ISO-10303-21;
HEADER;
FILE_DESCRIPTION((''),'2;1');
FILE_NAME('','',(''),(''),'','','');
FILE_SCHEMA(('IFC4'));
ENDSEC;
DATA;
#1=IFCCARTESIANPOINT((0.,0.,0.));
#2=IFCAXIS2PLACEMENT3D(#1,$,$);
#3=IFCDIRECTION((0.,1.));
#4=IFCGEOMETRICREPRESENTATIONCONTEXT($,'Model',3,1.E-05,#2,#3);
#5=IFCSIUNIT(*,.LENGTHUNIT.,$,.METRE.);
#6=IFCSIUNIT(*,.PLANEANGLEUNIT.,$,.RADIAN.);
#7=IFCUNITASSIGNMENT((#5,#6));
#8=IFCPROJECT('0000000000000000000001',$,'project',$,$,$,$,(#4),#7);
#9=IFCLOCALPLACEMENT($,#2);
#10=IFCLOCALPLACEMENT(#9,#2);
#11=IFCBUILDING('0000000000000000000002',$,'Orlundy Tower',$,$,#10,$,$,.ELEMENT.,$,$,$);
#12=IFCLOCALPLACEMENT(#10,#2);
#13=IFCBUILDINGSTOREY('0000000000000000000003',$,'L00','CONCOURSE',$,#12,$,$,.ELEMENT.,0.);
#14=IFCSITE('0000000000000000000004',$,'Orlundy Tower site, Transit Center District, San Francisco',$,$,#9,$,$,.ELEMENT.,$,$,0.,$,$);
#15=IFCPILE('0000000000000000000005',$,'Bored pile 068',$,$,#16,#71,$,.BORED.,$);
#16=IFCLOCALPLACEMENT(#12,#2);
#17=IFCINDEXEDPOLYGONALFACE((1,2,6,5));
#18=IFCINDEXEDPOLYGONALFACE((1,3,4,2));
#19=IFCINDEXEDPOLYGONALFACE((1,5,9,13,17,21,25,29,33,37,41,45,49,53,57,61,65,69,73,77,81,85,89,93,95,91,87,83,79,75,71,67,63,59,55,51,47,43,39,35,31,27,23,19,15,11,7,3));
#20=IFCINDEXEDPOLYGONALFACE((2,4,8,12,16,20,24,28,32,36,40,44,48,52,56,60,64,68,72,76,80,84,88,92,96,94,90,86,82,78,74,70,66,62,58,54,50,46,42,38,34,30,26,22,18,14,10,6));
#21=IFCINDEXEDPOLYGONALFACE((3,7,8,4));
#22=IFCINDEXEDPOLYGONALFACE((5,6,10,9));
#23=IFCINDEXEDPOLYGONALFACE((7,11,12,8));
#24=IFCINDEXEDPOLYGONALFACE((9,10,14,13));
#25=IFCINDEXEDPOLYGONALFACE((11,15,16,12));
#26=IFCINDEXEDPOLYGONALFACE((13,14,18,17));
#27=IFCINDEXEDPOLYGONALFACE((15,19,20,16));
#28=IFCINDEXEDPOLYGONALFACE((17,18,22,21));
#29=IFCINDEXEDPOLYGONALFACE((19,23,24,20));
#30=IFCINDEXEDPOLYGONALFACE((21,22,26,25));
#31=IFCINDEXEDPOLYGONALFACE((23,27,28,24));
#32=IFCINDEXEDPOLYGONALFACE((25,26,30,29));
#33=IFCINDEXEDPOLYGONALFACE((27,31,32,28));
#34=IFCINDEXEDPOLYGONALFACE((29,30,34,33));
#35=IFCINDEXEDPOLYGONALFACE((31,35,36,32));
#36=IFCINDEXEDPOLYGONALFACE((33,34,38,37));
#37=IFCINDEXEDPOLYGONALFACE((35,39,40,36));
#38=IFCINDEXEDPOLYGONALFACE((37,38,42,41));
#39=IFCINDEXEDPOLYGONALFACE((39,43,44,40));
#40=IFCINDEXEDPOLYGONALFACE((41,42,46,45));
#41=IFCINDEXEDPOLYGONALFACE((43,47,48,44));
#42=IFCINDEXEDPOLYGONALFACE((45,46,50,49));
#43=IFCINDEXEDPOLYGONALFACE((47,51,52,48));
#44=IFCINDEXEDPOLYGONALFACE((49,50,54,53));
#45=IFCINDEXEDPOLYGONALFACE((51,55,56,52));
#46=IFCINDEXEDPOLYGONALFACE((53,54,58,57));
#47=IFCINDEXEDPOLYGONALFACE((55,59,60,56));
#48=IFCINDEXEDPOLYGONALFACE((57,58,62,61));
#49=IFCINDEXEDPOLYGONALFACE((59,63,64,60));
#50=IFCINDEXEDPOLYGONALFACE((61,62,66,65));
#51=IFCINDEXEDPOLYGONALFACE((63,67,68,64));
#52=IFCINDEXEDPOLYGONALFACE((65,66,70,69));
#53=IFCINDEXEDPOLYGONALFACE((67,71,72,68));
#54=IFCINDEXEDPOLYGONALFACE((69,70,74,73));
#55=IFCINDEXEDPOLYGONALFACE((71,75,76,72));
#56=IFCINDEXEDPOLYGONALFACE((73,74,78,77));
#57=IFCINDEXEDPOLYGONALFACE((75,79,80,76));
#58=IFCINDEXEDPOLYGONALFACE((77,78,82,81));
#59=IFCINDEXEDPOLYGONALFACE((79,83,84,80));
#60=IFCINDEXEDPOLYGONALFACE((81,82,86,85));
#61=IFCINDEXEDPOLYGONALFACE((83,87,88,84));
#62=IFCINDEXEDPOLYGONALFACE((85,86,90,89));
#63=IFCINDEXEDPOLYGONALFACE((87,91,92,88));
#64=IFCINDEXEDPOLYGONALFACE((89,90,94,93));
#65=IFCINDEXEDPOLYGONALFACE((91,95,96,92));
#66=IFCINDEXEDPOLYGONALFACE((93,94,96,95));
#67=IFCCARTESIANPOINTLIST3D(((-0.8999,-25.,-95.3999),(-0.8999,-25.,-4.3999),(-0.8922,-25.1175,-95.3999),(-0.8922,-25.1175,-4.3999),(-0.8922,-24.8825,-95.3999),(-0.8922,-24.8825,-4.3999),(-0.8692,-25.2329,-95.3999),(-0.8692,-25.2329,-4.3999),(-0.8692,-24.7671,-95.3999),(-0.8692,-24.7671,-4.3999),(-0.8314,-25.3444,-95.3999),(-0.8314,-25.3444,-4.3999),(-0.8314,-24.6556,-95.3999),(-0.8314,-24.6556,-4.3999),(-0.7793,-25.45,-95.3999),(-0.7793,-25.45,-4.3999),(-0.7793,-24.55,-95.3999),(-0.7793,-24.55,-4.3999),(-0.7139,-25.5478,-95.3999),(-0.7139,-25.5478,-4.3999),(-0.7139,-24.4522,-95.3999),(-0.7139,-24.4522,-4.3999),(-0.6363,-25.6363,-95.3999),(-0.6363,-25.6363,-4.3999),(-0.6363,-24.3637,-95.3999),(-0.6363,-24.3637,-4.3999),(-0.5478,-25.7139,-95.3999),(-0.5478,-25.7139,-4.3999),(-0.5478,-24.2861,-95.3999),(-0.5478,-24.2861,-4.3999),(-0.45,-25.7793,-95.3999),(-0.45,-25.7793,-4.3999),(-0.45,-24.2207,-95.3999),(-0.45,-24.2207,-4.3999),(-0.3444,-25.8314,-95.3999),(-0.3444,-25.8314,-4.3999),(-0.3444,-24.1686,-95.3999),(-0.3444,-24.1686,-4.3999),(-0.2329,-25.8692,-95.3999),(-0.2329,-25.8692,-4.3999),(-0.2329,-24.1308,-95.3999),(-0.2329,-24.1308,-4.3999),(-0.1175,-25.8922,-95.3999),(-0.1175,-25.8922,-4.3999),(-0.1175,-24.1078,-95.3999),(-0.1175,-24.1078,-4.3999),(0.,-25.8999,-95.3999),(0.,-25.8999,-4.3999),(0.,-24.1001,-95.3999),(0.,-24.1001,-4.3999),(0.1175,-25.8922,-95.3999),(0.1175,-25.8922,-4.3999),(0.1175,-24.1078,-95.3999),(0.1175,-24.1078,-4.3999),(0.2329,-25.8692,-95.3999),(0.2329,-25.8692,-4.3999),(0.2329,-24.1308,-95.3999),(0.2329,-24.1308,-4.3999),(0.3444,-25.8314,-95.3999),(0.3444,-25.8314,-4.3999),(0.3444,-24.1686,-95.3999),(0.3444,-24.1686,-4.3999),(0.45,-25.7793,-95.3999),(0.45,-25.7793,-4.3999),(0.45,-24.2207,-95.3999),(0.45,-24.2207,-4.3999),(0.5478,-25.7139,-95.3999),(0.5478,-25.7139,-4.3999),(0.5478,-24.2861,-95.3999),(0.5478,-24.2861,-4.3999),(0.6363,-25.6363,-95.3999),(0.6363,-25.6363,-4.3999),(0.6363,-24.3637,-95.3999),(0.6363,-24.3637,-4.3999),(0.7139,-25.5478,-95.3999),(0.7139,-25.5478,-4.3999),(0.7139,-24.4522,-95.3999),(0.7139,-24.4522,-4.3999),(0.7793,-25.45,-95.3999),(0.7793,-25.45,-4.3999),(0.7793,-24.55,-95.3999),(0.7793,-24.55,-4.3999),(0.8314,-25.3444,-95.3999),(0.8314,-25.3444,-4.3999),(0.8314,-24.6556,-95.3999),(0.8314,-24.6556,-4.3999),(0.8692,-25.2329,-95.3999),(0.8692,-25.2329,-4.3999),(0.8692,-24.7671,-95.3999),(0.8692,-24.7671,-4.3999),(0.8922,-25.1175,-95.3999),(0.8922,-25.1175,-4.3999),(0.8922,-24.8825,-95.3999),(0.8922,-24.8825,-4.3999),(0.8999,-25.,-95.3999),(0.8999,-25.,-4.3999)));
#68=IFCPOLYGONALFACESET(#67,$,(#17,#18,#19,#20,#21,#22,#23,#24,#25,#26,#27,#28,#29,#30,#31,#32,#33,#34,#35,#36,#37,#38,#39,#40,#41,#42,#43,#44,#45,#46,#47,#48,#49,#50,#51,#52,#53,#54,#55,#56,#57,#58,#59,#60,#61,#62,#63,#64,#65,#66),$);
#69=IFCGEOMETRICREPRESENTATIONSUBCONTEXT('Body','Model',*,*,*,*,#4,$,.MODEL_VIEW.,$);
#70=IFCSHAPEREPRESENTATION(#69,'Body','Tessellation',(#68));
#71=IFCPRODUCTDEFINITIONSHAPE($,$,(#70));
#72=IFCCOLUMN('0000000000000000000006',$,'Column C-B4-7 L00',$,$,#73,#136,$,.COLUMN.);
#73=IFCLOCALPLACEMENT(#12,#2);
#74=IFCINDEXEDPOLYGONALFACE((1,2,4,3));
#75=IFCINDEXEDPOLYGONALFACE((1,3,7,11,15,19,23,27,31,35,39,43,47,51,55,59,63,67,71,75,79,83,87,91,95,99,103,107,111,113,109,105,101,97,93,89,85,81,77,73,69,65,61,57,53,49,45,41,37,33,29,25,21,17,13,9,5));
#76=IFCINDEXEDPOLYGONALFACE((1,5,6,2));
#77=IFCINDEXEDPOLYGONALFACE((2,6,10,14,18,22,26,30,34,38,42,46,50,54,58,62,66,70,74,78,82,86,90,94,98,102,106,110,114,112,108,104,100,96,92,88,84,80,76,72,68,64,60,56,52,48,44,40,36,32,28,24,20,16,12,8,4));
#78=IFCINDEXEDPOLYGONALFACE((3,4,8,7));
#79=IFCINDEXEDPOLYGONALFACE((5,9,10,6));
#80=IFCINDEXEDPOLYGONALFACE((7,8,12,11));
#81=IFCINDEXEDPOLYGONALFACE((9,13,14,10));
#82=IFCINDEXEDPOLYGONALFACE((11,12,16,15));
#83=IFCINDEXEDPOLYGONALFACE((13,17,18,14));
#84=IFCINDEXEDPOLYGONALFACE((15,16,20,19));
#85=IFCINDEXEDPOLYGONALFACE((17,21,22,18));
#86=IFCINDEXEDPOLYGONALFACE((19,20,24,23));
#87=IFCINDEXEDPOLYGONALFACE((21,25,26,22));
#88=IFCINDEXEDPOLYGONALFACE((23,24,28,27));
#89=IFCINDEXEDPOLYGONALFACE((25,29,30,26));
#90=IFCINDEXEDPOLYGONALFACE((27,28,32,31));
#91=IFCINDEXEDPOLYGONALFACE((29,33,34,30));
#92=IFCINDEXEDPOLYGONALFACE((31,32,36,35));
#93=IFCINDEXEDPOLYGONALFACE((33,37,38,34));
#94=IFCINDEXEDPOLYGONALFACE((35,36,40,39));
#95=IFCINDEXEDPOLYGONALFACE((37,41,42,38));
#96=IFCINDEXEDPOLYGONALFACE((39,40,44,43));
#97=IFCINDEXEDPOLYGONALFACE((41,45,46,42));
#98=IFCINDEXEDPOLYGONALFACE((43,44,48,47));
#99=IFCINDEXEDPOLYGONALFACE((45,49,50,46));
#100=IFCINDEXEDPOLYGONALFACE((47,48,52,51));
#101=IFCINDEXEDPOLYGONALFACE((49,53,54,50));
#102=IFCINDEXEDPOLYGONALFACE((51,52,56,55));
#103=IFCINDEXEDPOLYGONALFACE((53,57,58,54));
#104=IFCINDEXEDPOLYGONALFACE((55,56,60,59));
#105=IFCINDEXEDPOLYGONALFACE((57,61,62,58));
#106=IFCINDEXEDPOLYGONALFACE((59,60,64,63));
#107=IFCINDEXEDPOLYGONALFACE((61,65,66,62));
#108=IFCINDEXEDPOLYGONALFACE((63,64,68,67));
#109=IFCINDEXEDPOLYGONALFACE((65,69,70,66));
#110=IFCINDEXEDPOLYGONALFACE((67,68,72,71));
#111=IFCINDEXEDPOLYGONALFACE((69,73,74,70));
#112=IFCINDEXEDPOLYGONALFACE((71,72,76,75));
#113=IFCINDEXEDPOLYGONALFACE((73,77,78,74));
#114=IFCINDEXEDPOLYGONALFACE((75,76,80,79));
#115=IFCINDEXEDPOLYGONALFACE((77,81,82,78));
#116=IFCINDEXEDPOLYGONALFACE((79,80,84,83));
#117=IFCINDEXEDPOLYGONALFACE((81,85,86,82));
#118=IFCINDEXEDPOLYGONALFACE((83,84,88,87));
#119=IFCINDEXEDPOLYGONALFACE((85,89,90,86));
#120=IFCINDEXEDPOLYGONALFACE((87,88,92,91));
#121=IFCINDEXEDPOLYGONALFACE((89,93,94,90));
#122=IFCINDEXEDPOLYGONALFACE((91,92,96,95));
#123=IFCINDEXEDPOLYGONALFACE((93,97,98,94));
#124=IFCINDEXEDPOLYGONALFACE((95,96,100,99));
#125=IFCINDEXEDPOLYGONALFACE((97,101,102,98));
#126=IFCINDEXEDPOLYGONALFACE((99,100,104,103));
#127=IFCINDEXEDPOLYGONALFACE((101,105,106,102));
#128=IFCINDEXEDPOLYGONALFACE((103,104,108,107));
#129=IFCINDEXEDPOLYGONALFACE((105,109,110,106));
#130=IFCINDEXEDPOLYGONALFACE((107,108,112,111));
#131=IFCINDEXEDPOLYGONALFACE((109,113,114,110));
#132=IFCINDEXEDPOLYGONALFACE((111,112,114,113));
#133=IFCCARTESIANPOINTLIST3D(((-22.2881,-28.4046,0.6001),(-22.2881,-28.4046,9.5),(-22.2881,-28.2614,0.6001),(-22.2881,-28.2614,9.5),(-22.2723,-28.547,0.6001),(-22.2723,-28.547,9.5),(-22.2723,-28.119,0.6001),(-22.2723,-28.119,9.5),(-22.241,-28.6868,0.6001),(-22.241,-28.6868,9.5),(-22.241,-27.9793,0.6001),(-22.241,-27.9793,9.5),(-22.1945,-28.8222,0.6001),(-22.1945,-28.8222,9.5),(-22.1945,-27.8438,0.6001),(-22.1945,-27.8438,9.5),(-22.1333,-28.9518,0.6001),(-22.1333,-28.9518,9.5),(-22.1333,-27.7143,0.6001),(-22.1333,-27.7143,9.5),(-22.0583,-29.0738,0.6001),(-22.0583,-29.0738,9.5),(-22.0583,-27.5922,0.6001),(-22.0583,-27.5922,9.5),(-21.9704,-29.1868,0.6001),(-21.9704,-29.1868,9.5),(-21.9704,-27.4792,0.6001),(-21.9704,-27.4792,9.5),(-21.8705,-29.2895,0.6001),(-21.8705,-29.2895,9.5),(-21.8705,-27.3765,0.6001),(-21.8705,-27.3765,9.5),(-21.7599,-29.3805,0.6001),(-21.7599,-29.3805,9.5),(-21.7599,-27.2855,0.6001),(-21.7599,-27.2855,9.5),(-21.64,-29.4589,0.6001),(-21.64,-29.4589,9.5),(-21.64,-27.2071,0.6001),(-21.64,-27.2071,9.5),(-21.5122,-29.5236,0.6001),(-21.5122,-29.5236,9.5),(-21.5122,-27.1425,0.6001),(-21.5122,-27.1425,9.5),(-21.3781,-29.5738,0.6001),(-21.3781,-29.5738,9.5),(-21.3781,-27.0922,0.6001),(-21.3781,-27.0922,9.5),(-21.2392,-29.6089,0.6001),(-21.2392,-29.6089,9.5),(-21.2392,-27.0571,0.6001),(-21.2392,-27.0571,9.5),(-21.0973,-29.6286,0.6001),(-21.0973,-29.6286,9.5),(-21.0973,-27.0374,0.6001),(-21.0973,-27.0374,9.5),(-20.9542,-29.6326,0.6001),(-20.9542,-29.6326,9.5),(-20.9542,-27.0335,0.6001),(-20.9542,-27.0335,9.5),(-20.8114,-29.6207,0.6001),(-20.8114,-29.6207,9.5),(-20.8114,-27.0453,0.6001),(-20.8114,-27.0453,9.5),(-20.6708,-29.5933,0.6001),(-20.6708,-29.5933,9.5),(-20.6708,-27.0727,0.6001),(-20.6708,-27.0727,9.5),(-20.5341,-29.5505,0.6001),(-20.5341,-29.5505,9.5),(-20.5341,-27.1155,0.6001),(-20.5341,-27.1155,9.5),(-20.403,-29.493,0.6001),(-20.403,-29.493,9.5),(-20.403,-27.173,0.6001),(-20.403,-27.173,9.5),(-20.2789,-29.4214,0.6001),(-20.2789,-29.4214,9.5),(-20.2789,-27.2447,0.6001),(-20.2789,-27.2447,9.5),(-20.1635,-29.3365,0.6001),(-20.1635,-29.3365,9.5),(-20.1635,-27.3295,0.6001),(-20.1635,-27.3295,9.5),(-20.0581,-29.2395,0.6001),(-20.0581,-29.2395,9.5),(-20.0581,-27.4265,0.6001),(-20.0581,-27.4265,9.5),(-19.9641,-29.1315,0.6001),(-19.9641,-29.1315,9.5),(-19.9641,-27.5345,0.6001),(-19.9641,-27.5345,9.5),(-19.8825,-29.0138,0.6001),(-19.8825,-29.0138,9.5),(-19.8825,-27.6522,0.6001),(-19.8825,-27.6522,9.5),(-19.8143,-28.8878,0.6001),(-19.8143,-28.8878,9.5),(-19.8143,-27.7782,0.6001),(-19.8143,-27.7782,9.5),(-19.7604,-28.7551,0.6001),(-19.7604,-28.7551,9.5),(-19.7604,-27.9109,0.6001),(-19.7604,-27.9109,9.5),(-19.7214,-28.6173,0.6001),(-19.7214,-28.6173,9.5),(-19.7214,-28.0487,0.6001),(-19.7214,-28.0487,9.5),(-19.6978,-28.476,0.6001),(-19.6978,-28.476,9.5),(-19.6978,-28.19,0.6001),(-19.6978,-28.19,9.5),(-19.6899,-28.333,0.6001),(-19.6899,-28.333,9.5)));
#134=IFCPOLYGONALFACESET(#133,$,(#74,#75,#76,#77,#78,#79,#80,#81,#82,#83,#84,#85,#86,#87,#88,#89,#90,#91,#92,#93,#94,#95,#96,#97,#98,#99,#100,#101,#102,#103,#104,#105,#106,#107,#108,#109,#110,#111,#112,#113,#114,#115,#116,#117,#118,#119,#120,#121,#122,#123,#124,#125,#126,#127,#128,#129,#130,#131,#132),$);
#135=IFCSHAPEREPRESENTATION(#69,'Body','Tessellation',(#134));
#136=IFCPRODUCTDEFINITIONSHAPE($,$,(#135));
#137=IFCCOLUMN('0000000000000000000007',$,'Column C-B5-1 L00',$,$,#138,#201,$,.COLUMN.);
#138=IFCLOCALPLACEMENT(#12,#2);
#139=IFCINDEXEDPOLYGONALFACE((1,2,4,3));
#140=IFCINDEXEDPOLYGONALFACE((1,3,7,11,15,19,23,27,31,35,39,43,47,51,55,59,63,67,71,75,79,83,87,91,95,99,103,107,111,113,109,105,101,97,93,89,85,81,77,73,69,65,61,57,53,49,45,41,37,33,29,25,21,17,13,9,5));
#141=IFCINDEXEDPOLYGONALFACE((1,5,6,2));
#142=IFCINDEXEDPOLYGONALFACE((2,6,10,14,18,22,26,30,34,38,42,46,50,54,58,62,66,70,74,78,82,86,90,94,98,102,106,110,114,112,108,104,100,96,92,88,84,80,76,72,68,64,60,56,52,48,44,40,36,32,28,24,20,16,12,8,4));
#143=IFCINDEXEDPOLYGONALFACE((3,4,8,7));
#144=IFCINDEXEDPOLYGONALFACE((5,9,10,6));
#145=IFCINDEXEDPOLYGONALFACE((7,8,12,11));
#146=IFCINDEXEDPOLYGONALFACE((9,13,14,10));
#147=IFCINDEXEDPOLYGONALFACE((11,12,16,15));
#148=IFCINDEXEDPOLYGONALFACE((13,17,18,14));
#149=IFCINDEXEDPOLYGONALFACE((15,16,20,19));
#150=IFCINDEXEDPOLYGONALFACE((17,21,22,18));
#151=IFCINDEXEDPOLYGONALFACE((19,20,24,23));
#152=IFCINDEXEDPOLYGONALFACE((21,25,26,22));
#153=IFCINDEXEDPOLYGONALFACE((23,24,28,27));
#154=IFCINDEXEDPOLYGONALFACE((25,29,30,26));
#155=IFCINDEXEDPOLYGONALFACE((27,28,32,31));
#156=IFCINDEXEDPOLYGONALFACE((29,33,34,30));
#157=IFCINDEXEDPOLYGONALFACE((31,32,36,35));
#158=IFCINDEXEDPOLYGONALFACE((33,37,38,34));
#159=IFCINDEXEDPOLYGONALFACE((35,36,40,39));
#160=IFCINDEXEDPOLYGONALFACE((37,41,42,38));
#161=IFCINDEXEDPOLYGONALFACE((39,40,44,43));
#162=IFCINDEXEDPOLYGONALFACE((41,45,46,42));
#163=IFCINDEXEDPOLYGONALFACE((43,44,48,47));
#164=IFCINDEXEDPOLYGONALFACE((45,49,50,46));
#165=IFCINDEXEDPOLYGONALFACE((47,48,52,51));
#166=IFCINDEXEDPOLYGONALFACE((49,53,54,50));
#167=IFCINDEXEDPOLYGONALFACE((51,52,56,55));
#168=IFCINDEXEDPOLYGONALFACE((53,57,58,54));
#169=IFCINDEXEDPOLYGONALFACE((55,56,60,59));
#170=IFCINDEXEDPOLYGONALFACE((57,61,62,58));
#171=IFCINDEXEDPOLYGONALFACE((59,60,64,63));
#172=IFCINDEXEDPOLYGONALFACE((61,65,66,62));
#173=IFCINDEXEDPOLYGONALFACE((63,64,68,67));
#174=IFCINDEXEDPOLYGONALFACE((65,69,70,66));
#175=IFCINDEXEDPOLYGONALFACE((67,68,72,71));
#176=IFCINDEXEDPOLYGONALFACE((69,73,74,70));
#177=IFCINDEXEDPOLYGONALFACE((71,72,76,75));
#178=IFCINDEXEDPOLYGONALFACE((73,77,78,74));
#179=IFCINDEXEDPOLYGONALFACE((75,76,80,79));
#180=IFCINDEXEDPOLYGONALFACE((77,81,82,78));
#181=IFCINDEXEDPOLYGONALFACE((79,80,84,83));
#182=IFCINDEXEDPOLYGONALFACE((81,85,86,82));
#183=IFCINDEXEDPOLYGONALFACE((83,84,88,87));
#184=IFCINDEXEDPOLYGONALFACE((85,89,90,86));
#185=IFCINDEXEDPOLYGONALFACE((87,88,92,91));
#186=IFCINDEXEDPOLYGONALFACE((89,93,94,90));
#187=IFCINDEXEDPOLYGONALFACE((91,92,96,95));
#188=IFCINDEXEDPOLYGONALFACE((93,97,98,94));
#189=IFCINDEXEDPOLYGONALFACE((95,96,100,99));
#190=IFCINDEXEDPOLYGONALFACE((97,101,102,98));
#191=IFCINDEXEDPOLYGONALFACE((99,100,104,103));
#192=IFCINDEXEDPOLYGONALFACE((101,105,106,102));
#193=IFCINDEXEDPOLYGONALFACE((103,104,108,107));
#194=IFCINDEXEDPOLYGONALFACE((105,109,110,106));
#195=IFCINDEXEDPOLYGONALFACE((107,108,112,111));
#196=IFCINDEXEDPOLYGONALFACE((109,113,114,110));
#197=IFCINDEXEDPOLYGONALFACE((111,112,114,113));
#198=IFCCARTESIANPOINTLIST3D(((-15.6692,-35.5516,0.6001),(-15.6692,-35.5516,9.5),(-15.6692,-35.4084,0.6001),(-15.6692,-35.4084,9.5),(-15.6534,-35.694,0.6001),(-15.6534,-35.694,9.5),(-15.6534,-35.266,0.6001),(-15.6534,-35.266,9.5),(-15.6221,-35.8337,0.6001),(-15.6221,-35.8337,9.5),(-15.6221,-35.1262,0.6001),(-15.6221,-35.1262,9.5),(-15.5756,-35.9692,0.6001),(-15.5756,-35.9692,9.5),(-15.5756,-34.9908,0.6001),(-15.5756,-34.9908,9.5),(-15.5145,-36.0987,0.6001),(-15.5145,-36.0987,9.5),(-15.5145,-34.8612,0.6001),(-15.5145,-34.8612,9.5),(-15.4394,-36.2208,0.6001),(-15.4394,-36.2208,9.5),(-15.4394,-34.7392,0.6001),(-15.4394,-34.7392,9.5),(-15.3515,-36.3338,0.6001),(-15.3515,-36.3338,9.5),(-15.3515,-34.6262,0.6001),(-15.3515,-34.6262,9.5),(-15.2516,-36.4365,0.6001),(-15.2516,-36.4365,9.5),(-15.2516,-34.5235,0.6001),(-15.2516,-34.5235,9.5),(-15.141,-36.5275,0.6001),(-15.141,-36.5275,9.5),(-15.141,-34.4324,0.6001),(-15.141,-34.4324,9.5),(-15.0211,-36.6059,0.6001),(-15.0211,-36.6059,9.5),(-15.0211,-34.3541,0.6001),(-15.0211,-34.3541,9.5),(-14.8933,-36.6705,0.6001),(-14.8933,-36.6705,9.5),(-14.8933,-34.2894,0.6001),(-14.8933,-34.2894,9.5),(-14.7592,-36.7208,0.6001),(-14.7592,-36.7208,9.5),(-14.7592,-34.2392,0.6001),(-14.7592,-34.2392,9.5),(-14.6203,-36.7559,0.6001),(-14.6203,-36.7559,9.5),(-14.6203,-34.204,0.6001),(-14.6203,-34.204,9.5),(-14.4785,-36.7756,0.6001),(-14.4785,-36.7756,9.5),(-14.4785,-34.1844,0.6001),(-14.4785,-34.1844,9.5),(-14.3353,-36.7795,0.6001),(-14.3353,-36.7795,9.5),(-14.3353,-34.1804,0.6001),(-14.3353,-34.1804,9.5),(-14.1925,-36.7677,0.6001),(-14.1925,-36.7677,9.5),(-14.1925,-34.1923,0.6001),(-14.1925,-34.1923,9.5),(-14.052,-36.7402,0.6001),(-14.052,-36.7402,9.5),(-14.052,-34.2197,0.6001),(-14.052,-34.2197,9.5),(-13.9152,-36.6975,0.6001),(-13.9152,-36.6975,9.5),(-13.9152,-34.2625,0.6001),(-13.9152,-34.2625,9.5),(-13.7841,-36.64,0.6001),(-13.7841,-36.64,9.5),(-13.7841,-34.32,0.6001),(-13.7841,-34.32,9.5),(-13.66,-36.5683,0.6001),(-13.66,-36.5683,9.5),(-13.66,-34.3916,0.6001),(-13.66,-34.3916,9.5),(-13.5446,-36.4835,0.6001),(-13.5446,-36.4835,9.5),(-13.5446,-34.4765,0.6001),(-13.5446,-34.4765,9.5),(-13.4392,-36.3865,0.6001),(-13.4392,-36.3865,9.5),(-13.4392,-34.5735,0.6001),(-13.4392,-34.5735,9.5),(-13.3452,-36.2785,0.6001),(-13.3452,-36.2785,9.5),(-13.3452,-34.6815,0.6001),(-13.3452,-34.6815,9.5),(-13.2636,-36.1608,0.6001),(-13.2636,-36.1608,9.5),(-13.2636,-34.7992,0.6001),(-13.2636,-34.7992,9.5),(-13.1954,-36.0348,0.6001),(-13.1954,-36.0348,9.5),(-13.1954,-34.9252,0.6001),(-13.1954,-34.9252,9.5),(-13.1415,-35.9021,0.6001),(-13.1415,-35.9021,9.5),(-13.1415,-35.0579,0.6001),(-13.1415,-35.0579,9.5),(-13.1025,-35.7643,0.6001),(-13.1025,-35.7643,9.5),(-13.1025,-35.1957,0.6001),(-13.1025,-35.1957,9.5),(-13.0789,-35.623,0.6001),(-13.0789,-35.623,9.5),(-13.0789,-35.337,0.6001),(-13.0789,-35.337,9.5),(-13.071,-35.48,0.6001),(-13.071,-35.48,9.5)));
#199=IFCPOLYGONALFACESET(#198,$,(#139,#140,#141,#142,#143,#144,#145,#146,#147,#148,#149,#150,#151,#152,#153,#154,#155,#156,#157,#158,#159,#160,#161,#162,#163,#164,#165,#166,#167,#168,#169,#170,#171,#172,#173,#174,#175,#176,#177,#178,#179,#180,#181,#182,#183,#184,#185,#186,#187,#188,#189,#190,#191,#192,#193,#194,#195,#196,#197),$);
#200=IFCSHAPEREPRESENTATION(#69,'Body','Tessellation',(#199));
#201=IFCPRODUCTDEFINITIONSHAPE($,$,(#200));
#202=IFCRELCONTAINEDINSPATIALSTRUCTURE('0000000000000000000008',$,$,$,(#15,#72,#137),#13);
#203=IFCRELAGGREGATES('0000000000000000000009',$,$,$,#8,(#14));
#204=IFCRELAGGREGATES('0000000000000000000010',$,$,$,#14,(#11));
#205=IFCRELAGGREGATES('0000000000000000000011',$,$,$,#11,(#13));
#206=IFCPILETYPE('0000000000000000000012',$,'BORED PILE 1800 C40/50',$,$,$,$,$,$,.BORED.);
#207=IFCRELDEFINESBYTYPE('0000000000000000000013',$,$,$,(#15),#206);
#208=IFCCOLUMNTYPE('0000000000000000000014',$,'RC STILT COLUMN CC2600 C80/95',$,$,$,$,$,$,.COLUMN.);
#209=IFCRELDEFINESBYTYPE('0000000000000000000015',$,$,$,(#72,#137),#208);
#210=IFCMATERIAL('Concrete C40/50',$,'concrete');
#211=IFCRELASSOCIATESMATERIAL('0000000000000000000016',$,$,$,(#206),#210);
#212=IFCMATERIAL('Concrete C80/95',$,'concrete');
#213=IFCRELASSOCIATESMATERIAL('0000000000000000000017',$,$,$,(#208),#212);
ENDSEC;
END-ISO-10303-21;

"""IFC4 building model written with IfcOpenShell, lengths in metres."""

from ifc_helpers import new_model, si_unit, direction, frame, origin, origin_2d, place, context, subcontext, project, spatial, circle, extrude, material, material_profile, profile_set, type_object, element, save


model = new_model("IFC4")

# Units and contexts
model_context = context("Model", 3, precision=1e-05, world=origin(), true_north=direction((0.0, 1.0)))
body_context = subcontext(model_context, "Body", "Model", "MODEL_VIEW")
ifc_project = project(units=[si_unit("LENGTHUNIT", "METRE"), si_unit("PLANEANGLEUNIT", "RADIAN")], contexts=[model_context])

# Site, building, storey
site_placement = place(None, origin())
site = spatial("IfcSite", under=ifc_project, at=site_placement, Name="Orlundy Tower site, Transit Center District, San Francisco", CompositionType="ELEMENT", RefElevation=0.0)
building_placement = place(site_placement, origin())
building = spatial("IfcBuilding", under=site, at=building_placement, Name="Orlundy Tower", CompositionType="ELEMENT")
storey_placement = place(building_placement, origin())
storey = spatial("IfcBuildingStorey", under=building, at=storey_placement, Name="L00", Description="CONCOURSE", CompositionType="ELEMENT", Elevation=0.0)

# Pile
ifc_material_1 = material(Name="Concrete C40/50", Category="concrete")
ifc_material_profile_1 = material_profile(ifc_material_1, circle(Radius=0.8999, at=origin_2d()), Name="BP1800")
ifc_profile_set_1 = profile_set([ifc_material_profile_1], Name="Concrete C40/50")
pile_type = type_object("IfcPileType", Name="BORED PILE 1800 C40/50", PredefinedType="BORED", material=ifc_profile_set_1)
for number, where, z_axis, x_axis, name in (
    (1, (0.0, -25.0, -4.3999), (0.0, 0.0, -1.0), (1.0, 0.0, 0.0), "Bored pile 068"),
):
    element("IfcPile", number, at=place(storey_placement, frame(where, z_axis=z_axis, x_axis=x_axis)), inside=storey, type_object=pile_type, Name=name, PredefinedType="BORED", context=body_context, shape_type="SweptSolid", body=[
        extrude(circle(Radius=0.8999, at=origin_2d()), origin(), (0.0, 0.0, 1.0), 91.0),
    ])

# Columns
ifc_material_2 = material(Name="Concrete C80/95", Category="concrete")
ifc_material_profile_2 = material_profile(ifc_material_2, circle(Radius=1.3, at=origin_2d()), Name="CC2600")
ifc_profile_set_2 = profile_set([ifc_material_profile_2], Name="Concrete C80/95")
column_type = type_object("IfcColumnType", Name="RC STILT COLUMN CC2600 C80/95", PredefinedType="COLUMN", material=ifc_profile_set_2)
for number, where, z_axis, x_axis, name in (
    (2, (-20.99, -28.333, 0.6001), (0.0, 0.0, 1.0), (1.0, 0.0, 0.0), "Column C-B4-7 L00"),
    (3, (-14.3711, -35.48, 0.6001), (0.0, 0.0, 1.0), (1.0, 0.0, 0.0), "Column C-B5-1 L00"),
):
    element("IfcColumn", number, at=place(storey_placement, frame(where, z_axis=z_axis, x_axis=x_axis)), inside=storey, type_object=column_type, Name=name, PredefinedType="COLUMN", context=body_context, shape_type="SweptSolid", body=[
        extrude(circle(Radius=1.3, at=origin_2d()), origin(), (0.0, 0.0, 1.0), 8.8999),
    ])

save(model, "model.ifc")
